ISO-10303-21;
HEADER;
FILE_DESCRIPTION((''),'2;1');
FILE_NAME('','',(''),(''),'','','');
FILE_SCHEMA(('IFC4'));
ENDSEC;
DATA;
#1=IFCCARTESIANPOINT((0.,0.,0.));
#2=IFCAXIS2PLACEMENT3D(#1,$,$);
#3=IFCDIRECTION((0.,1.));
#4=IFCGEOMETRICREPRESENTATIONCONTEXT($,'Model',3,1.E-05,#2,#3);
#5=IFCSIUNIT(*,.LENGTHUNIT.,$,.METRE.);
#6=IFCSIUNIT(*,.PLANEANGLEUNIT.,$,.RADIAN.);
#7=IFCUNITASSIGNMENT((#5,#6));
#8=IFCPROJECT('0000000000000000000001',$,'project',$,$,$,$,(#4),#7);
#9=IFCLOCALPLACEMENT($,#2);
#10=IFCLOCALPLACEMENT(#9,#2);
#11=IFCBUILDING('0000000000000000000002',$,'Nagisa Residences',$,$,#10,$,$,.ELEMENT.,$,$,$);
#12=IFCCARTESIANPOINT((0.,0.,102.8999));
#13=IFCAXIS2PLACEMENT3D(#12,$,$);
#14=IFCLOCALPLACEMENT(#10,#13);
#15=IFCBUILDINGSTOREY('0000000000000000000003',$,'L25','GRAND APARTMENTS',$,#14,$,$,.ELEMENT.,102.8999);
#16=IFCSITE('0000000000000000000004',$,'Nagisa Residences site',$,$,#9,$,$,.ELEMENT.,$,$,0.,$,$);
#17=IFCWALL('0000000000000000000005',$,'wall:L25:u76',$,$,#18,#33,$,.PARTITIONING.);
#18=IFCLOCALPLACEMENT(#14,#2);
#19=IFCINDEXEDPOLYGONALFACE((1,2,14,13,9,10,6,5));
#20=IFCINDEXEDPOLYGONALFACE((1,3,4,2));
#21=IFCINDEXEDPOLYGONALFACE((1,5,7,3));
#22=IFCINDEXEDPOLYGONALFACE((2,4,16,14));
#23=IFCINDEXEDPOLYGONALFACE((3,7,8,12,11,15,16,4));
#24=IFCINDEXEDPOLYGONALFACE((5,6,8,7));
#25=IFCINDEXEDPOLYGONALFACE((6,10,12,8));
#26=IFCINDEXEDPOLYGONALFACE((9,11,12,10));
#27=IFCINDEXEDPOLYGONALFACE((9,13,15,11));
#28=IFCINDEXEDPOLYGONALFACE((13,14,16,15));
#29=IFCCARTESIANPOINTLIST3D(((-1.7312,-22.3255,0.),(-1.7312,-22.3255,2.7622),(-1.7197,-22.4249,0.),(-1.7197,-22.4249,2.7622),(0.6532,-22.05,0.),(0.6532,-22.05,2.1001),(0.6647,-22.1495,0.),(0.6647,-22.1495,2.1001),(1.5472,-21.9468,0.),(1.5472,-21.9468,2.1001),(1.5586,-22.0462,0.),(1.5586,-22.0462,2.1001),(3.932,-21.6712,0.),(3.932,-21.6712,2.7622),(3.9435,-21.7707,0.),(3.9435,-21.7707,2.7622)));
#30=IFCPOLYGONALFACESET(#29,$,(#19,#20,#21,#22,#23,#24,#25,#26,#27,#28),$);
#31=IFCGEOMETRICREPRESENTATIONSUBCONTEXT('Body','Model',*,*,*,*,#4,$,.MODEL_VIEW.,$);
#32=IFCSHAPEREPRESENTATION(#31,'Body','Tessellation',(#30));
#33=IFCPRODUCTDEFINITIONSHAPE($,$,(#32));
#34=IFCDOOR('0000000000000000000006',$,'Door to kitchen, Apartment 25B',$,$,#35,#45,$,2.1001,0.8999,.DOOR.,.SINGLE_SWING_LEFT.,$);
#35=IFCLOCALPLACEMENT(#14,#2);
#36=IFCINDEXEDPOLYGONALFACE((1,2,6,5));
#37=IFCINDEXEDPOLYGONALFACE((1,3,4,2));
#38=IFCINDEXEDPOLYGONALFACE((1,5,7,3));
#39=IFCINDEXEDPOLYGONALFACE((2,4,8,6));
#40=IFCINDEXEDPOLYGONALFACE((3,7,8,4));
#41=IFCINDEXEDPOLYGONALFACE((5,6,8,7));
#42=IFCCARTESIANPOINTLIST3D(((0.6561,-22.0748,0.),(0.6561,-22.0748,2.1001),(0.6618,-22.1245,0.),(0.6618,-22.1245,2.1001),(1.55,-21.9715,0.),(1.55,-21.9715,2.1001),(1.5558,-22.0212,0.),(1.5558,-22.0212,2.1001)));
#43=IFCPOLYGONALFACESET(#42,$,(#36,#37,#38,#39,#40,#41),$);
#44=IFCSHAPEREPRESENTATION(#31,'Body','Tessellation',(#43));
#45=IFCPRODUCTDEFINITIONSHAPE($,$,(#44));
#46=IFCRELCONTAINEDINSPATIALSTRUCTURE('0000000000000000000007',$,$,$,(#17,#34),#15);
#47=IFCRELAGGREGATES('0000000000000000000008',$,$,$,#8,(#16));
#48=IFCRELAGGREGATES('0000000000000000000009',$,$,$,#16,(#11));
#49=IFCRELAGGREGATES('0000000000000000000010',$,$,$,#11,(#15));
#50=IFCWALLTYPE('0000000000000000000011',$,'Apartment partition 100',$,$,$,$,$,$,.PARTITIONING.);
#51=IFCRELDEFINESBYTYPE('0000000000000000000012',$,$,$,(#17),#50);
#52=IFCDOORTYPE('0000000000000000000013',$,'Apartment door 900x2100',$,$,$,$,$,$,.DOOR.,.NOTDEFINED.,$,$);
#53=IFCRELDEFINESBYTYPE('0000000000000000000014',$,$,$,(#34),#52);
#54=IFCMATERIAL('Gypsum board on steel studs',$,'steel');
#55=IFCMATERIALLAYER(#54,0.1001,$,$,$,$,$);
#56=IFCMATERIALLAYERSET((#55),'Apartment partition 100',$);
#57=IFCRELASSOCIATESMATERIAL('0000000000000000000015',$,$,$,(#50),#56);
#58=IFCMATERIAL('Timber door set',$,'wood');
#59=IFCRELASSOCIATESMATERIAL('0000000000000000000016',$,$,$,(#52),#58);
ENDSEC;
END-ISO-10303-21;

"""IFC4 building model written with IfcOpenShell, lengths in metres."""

from ifc_helpers import new_model, si_unit, direction, frame, frame_2d, origin, place, context, subcontext, project, spatial, rectangle, extrude, material, layer, layer_set, type_object, element, fill, save


model = new_model("IFC4")

# Units and contexts
model_context = context("Model", 3, precision=1e-05, world=origin(), true_north=direction((0.0, 1.0)))
body_context = subcontext(model_context, "Body", "Model", "MODEL_VIEW")
ifc_project = project(units=[si_unit("LENGTHUNIT", "METRE"), si_unit("PLANEANGLEUNIT", "RADIAN")], contexts=[model_context])

# Site, building, storey
site_placement = place(None, origin())
site = spatial("IfcSite", under=ifc_project, at=site_placement, Name="Nagisa Residences site", CompositionType="ELEMENT", RefElevation=0.0)
building_placement = place(site_placement, origin())
building = spatial("IfcBuilding", under=site, at=building_placement, Name="Nagisa Residences", CompositionType="ELEMENT")
storey_placement = place(building_placement, frame((0.0, 0.0, 102.8999)))
storey = spatial("IfcBuildingStorey", under=building, at=storey_placement, Name="L25", Description="GRAND APARTMENTS", CompositionType="ELEMENT", Elevation=102.8999)

# Shared definitions
ifc_material_1 = material(Name="Gypsum board on steel studs", Category="steel")
ifc_layer_1 = layer(ifc_material_1, 0.1001)
ifc_layer_set_1 = layer_set([ifc_layer_1], Name="Apartment partition 100")
wall_type_1 = type_object("IfcWallType", Name="Apartment partition 100", PredefinedType="PARTITIONING", material=ifc_layer_set_1)

# Shared definitions
ifc_material_2 = material(Name="Timber door set", Category="wood")
door_type_1 = type_object("IfcDoorType", Name="Apartment door 900x2100", OperationType="NOTDEFINED", PredefinedType="DOOR", material=ifc_material_2)

# Wall, opening, door
wall_1_placement = place(storey_placement, frame((-1.7256, -22.3752, 0.0), z_axis=(0.0, 0.0, 1.0), x_axis=(0.993392, 0.114769, 0.0)))
wall_1 = element("IfcWall", 1, at=wall_1_placement, inside=storey, type_object=wall_type_1, Name="wall:L25:u76", PredefinedType="PARTITIONING", context=body_context, shape_type="SweptSolid", body=[
    extrude(rectangle(XDim=5.7009, YDim=0.1001, at=frame_2d((2.8506, 0.0))), origin(), (0.0, 0.0, 1.0), 2.7622),
])
opening_1_placement = place(wall_1_placement, frame((2.4004, 0.0, 0.0)))
opening_1 = element("IfcOpeningElement", 2, at=opening_1_placement, cuts=wall_1, PredefinedType="OPENING", context=body_context, shape_type="SweptSolid", body=[
    extrude(rectangle(XDim=0.8999, YDim=2.1001, at=frame_2d((0.45, 1.05))), frame((0.0, 0.0601, 0.0), z_axis=(0.0, -1.0, 0.0), x_axis=(1.0, 0.0, 0.0)), (0.0, 0.0, 1.0), 0.1201),
])
door_1_placement = place(opening_1_placement, frame((0.8999, 0.0, 0.0), x_axis=(-1.0, 0.0, 0.0)))
door_1 = element("IfcDoor", 3, at=door_1_placement, inside=storey, type_object=door_type_1, Name="Door to kitchen, Apartment 25B", OperationType="SINGLE_SWING_LEFT", OverallHeight=2.1001, OverallWidth=0.8999, PredefinedType="DOOR", context=body_context, shape_type="SweptSolid", body=[
    extrude(rectangle(XDim=0.8999, YDim=2.1001, at=frame_2d((0.45, 1.05))), frame((0.0, 0.0249, 0.0), z_axis=(0.0, -1.0, 0.0), x_axis=(1.0, 0.0, 0.0)), (0.0, 0.0, 1.0), 0.05),
])
fill(opening_1, door_1)

save(model, "model.ifc")
